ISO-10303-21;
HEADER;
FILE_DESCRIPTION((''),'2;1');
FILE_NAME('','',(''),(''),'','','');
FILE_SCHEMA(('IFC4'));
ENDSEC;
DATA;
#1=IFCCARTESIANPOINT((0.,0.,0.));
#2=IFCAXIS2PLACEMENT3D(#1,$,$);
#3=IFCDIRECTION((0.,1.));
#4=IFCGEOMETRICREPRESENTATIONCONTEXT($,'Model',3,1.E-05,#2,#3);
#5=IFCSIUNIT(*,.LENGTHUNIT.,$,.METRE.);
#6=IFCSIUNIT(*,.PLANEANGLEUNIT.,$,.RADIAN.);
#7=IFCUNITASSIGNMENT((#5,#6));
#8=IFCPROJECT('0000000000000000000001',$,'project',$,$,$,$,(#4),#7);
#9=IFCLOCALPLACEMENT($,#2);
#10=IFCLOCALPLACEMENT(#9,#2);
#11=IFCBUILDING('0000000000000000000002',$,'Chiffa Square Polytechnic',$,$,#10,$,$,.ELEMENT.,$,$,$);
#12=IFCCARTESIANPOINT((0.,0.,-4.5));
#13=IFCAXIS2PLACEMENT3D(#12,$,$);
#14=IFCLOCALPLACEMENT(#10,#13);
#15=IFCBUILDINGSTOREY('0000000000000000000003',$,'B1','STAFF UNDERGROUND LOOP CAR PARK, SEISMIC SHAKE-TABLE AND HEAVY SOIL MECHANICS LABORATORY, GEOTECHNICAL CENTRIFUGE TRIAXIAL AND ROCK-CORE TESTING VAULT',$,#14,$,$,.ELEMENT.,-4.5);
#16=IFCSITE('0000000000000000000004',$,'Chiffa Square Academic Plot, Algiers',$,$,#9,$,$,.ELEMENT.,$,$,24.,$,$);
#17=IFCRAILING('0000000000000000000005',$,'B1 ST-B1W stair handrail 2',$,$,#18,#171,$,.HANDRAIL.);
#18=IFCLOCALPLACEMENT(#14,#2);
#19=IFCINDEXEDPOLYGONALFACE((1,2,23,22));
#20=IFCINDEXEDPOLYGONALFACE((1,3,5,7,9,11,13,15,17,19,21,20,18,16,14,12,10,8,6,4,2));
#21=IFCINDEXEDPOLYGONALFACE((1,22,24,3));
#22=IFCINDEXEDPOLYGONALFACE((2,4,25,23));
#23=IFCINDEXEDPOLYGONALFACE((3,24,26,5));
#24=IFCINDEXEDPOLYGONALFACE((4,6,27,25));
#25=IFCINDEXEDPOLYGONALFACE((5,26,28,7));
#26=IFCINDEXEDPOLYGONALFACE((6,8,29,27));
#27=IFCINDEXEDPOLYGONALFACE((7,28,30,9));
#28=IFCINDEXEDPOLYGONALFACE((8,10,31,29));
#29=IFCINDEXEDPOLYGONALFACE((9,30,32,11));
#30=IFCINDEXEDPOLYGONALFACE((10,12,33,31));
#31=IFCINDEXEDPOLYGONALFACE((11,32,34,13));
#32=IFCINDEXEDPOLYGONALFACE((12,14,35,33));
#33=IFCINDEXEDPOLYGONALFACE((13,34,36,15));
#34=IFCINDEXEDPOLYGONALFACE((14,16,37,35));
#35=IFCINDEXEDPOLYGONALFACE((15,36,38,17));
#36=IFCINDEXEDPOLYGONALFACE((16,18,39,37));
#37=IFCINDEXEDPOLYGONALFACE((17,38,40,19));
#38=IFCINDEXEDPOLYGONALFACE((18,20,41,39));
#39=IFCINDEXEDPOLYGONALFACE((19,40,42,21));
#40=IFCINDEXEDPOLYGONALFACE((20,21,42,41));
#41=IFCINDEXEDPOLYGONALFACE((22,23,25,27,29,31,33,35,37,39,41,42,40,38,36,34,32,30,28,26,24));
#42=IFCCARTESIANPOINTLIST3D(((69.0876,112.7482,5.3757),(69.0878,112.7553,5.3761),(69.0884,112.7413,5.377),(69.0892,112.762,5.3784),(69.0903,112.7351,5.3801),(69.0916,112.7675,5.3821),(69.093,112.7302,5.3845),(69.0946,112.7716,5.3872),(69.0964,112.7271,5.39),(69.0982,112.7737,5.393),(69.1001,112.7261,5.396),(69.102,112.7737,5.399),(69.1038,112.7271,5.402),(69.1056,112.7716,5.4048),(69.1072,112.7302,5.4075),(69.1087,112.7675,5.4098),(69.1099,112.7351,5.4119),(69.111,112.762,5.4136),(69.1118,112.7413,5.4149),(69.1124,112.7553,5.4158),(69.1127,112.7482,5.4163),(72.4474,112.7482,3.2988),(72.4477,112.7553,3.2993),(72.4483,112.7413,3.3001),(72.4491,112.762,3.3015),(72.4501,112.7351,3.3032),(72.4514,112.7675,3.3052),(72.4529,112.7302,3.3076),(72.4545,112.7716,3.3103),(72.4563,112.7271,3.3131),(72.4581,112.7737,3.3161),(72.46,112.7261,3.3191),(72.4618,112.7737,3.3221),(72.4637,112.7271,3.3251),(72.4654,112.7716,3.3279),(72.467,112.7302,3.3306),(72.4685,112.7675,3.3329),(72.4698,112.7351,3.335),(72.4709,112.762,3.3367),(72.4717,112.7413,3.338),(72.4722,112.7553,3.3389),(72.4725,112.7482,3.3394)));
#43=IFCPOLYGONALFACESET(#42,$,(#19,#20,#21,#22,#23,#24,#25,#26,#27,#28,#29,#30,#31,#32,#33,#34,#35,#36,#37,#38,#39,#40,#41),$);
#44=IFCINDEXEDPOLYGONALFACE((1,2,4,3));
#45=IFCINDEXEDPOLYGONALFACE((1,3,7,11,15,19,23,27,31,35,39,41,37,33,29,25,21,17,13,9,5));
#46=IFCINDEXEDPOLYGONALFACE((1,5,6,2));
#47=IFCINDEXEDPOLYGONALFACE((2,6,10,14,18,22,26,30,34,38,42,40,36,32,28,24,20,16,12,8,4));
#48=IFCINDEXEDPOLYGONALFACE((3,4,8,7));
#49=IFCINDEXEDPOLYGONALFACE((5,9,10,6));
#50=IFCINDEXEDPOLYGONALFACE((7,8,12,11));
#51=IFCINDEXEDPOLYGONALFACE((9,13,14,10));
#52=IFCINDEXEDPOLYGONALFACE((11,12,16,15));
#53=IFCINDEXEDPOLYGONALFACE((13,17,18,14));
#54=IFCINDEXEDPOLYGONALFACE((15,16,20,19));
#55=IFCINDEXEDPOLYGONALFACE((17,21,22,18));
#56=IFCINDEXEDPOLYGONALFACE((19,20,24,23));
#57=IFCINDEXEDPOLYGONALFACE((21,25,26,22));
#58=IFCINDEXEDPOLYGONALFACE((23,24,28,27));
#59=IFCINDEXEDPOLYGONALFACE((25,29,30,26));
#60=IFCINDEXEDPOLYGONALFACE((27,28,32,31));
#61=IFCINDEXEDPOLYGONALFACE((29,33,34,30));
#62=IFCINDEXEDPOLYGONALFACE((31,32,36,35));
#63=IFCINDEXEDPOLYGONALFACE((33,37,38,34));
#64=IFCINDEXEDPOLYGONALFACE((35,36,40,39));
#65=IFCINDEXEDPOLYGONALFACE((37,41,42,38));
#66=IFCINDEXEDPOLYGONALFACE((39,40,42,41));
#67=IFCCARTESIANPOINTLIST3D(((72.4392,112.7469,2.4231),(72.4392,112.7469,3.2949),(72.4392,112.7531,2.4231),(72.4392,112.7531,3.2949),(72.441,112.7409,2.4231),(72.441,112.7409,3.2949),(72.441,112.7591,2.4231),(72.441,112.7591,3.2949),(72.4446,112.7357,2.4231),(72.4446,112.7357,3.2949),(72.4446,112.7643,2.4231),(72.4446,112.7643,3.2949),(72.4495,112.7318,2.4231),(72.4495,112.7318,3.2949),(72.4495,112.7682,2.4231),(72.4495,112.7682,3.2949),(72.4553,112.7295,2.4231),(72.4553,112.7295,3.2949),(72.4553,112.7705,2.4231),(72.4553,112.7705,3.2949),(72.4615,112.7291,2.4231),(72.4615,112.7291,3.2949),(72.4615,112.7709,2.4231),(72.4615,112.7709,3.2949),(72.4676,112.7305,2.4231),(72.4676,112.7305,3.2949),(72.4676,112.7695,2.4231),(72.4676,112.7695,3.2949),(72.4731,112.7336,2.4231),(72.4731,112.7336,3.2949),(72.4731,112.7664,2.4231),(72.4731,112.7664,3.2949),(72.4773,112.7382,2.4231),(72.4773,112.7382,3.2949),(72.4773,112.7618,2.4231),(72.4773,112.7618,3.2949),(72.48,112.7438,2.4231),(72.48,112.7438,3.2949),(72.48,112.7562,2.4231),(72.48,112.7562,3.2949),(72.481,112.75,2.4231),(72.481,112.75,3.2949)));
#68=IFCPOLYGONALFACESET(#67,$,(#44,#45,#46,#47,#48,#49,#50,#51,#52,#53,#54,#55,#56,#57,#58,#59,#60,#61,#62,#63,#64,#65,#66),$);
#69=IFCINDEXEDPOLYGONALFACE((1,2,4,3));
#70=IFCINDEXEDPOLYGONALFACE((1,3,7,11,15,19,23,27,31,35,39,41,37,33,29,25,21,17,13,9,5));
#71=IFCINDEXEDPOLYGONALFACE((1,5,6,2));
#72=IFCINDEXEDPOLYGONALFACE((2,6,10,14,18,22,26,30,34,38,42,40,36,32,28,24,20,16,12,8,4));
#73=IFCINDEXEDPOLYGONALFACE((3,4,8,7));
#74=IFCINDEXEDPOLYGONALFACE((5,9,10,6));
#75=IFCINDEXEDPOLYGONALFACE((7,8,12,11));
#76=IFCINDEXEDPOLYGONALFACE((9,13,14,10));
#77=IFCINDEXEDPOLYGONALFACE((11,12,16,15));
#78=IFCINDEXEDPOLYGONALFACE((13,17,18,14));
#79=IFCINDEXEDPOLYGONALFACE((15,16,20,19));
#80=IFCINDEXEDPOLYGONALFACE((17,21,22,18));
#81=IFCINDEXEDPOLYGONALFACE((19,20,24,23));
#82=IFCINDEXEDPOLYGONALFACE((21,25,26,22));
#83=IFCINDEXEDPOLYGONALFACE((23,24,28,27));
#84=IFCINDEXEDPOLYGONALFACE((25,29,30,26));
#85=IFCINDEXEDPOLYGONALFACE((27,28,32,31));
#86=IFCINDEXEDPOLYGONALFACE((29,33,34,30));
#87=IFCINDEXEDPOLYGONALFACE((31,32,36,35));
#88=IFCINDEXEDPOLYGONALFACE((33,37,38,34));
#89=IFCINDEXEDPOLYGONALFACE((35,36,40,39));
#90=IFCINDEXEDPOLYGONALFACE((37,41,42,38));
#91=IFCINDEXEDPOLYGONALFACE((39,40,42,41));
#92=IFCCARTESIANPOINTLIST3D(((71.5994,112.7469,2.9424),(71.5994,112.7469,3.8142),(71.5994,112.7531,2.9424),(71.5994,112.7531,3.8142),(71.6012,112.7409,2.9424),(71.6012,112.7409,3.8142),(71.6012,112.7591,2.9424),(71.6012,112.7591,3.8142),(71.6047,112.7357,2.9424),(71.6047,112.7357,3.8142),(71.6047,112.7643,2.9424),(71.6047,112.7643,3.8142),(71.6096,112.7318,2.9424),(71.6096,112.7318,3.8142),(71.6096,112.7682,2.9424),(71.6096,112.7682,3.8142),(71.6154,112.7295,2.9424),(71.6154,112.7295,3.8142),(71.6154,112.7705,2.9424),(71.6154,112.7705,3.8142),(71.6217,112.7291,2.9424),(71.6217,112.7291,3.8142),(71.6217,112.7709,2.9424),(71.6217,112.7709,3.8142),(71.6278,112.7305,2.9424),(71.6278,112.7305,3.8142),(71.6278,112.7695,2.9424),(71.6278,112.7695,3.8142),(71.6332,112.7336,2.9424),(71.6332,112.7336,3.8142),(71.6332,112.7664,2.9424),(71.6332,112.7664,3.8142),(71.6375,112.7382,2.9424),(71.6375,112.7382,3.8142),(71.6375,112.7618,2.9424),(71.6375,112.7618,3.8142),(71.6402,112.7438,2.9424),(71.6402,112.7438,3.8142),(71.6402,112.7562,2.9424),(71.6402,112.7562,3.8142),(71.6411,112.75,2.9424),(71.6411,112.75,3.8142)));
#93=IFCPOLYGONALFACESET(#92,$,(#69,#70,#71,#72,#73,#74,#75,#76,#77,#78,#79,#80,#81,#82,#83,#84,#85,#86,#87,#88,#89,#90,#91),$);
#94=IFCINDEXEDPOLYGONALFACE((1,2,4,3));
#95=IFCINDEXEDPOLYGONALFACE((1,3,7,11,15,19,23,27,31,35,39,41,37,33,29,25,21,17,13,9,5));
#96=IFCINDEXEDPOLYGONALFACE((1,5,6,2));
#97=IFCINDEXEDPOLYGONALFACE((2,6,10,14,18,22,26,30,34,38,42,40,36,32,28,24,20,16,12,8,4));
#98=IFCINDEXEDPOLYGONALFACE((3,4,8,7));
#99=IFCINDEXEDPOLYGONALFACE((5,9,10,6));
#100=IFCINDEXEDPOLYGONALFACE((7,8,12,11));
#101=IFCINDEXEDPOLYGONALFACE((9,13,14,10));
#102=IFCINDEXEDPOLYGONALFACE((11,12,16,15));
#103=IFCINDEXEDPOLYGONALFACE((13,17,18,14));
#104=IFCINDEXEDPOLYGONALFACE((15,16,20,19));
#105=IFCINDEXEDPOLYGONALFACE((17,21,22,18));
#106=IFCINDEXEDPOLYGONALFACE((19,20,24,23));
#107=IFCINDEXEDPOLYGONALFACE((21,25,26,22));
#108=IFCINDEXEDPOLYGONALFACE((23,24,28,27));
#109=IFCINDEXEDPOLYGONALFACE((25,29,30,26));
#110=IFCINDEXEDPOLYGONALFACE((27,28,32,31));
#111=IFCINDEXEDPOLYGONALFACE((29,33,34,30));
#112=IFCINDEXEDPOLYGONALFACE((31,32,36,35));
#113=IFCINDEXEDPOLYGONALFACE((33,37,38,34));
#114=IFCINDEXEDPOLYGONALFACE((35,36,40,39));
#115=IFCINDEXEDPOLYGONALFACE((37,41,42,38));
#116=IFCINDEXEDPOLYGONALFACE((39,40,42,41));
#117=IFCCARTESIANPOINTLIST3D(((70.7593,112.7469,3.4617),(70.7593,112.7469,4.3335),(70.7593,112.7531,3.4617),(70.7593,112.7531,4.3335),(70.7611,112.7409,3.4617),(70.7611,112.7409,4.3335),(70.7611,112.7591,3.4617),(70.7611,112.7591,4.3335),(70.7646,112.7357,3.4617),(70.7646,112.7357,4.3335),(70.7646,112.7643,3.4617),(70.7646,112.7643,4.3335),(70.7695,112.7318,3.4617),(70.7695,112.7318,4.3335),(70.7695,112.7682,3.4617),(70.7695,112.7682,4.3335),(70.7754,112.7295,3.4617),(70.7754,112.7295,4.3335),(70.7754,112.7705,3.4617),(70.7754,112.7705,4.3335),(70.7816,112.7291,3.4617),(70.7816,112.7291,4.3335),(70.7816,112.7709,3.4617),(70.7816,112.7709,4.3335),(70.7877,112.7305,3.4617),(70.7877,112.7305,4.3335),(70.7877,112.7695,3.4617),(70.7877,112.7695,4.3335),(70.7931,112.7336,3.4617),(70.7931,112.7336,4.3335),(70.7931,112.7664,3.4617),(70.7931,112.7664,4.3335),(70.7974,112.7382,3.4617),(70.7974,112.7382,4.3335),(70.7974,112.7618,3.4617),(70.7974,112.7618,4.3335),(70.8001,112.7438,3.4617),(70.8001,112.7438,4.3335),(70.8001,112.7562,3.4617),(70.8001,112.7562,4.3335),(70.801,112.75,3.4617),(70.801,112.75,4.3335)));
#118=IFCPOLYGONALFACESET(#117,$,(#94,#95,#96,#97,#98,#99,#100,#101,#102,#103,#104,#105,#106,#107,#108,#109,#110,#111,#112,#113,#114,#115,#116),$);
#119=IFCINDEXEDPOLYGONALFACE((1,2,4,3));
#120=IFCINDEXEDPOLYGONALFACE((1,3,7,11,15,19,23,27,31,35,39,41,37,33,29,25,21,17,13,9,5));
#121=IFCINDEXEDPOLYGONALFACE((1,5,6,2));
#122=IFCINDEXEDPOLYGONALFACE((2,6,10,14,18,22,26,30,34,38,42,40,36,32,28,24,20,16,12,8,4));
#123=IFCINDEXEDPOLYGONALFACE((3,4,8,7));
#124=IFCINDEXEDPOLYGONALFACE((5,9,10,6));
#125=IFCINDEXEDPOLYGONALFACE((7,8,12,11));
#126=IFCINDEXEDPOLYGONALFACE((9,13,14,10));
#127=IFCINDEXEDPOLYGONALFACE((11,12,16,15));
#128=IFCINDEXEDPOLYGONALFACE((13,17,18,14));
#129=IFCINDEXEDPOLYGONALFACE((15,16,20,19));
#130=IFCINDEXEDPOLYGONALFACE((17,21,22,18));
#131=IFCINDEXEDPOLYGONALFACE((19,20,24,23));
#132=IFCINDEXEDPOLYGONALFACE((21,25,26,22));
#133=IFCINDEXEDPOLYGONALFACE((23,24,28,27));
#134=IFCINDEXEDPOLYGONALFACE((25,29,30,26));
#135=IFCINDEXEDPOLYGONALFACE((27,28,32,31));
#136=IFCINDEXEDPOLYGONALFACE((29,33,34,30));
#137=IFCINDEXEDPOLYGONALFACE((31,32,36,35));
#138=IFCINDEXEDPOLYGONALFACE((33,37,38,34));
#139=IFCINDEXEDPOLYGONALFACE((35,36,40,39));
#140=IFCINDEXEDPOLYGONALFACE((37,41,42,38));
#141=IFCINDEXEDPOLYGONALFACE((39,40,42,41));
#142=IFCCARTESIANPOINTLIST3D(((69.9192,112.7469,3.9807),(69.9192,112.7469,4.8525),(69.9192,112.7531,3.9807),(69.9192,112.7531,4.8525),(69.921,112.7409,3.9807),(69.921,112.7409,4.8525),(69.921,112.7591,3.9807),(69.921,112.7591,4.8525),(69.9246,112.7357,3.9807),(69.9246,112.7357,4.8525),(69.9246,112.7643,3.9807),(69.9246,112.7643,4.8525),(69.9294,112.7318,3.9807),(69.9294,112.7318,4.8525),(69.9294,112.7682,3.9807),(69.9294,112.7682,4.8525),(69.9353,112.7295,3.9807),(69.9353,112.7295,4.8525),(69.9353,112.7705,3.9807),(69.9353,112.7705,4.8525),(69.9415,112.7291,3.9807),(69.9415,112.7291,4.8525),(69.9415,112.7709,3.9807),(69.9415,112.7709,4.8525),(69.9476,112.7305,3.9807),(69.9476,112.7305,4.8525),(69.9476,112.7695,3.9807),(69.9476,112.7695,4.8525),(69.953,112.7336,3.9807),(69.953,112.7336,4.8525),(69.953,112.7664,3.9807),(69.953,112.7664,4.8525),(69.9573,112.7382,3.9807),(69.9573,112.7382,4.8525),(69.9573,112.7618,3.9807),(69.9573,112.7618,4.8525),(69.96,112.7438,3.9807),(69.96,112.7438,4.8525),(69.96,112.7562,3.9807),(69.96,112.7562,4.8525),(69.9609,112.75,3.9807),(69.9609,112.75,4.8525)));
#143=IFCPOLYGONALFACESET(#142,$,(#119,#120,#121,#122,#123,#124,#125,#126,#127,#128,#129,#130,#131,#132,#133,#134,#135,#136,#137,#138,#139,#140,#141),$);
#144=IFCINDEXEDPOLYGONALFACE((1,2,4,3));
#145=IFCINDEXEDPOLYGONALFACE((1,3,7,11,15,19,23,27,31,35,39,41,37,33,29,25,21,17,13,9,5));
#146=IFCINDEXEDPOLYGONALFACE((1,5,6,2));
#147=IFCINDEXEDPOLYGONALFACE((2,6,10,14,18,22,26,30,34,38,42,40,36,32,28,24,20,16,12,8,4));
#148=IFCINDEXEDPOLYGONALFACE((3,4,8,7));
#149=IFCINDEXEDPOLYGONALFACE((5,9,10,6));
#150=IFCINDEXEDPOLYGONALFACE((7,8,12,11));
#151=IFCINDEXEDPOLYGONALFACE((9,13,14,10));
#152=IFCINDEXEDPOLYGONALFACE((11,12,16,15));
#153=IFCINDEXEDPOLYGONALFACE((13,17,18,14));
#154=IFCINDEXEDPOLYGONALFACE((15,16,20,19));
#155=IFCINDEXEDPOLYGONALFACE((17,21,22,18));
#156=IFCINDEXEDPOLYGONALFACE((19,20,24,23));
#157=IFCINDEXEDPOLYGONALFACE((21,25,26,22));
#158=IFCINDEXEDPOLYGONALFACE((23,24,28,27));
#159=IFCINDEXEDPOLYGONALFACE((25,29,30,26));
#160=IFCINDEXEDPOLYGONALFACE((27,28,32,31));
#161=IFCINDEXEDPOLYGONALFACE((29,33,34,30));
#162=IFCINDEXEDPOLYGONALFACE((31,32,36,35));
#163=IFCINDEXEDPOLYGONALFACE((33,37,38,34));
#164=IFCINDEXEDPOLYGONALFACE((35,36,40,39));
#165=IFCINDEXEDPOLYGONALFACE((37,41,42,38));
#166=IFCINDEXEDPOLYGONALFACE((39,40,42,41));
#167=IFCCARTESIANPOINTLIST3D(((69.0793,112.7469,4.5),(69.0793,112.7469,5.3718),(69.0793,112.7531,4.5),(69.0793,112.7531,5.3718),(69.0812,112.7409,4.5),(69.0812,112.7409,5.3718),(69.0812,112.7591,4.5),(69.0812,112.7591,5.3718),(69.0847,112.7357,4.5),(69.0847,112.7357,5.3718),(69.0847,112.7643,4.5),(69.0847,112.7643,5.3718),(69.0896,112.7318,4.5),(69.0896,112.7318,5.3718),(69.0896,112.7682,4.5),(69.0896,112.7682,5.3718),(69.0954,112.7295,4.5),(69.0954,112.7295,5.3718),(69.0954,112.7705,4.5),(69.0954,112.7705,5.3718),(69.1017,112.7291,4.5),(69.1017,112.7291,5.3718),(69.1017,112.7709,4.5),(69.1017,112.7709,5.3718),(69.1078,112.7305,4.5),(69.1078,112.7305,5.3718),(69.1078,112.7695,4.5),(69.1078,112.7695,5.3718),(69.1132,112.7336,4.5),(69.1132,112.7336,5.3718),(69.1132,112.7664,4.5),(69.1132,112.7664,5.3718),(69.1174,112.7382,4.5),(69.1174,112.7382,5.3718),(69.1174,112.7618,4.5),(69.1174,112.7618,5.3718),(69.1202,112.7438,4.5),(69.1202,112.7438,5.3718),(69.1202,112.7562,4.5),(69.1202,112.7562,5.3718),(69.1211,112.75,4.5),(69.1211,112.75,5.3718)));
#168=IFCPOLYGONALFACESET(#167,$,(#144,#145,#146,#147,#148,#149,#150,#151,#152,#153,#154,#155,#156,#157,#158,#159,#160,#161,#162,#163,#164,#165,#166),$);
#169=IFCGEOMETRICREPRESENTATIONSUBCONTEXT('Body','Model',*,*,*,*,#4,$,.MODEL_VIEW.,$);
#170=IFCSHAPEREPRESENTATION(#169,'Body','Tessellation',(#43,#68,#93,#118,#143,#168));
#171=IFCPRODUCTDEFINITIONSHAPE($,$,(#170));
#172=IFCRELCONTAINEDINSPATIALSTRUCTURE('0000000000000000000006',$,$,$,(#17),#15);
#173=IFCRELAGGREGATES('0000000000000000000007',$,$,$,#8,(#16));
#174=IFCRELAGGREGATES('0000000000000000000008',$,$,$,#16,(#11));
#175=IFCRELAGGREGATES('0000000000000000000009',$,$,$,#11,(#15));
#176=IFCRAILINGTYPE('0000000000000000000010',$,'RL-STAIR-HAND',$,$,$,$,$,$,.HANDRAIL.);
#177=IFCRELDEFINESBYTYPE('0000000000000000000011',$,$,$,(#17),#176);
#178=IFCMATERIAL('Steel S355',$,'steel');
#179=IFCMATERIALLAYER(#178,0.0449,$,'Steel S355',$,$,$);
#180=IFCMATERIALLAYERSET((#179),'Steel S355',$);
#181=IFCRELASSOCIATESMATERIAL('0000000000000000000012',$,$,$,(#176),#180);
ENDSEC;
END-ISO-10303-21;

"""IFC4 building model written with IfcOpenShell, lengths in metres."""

from ifc_helpers import new_model, si_unit, direction, frame, origin, origin_2d, place, context, subcontext, project, spatial, circle, extrude, material, layer, layer_set, type_object, element, save


model = new_model("IFC4")

# Units and contexts
model_context = context("Model", 3, precision=1e-05, world=origin(), true_north=direction((0.0, 1.0)))
body_context = subcontext(model_context, "Body", "Model", "MODEL_VIEW")
ifc_project = project(units=[si_unit("LENGTHUNIT", "METRE"), si_unit("PLANEANGLEUNIT", "RADIAN")], contexts=[model_context])

# Site, building, storey
site_placement = place(None, origin())
site = spatial("IfcSite", under=ifc_project, at=site_placement, Name="Chiffa Square Academic Plot, Algiers", CompositionType="ELEMENT", RefElevation=24.0)
building_placement = place(site_placement, origin())
building = spatial("IfcBuilding", under=site, at=building_placement, Name="Chiffa Square Polytechnic", CompositionType="ELEMENT")
storey_placement = place(building_placement, frame((0.0, 0.0, -4.5)))
storey = spatial("IfcBuildingStorey", under=building, at=storey_placement, Name="B1", Description="STAFF UNDERGROUND LOOP CAR PARK, SEISMIC SHAKE-TABLE AND HEAVY SOIL MECHANICS LABORATORY, GEOTECHNICAL CENTRIFUGE TRIAXIAL AND ROCK-CORE TESTING VAULT", CompositionType="ELEMENT", Elevation=-4.5)

# Railing
ifc_material_1 = material(Name="Steel S355", Category="steel")
ifc_layer_1 = layer(ifc_material_1, 0.0449, Name="Steel S355")
ifc_layer_set_1 = layer_set([ifc_layer_1], Name="Steel S355")
railing_type_1 = type_object("IfcRailingType", Name="RL-STAIR-HAND", PredefinedType="HANDRAIL", material=ifc_layer_set_1)
railing_1_placement = place(storey_placement, frame((72.46, 112.75, 2.4231)))
element("IfcRailing", 1, at=railing_1_placement, inside=storey, type_object=railing_type_1, Name="B1 ST-B1W stair handrail 2", PredefinedType="HANDRAIL", context=body_context, shape_type="SweptSolid", body=[
    extrude(circle(Radius=0.0239, at=origin_2d()), frame((0.0, 0.0, 0.896), z_axis=(-0.850606, 0.0, 0.525803), x_axis=(0.0, -1.0, 0.0)), (0.0, 0.0, 1.0), 3.95),
    extrude(circle(Radius=0.021, at=origin_2d()), origin(), (0.0, 0.0, 1.0), 0.8718),
    extrude(circle(Radius=0.021, at=origin_2d()), frame((-0.8398, 0.0, 0.5193)), (0.0, 0.0, 1.0), 0.8718),
    extrude(circle(Radius=0.021, at=origin_2d()), frame((-1.6799, 0.0, 1.0386)), (0.0, 0.0, 1.0), 0.8718),
    extrude(circle(Radius=0.021, at=origin_2d()), frame((-2.52, 0.0, 1.5576)), (0.0, 0.0, 1.0), 0.8718),
    extrude(circle(Radius=0.021, at=origin_2d()), frame((-3.3599, 0.0, 2.0769)), (0.0, 0.0, 1.0), 0.8718),
])

save(model, "model.ifc")
